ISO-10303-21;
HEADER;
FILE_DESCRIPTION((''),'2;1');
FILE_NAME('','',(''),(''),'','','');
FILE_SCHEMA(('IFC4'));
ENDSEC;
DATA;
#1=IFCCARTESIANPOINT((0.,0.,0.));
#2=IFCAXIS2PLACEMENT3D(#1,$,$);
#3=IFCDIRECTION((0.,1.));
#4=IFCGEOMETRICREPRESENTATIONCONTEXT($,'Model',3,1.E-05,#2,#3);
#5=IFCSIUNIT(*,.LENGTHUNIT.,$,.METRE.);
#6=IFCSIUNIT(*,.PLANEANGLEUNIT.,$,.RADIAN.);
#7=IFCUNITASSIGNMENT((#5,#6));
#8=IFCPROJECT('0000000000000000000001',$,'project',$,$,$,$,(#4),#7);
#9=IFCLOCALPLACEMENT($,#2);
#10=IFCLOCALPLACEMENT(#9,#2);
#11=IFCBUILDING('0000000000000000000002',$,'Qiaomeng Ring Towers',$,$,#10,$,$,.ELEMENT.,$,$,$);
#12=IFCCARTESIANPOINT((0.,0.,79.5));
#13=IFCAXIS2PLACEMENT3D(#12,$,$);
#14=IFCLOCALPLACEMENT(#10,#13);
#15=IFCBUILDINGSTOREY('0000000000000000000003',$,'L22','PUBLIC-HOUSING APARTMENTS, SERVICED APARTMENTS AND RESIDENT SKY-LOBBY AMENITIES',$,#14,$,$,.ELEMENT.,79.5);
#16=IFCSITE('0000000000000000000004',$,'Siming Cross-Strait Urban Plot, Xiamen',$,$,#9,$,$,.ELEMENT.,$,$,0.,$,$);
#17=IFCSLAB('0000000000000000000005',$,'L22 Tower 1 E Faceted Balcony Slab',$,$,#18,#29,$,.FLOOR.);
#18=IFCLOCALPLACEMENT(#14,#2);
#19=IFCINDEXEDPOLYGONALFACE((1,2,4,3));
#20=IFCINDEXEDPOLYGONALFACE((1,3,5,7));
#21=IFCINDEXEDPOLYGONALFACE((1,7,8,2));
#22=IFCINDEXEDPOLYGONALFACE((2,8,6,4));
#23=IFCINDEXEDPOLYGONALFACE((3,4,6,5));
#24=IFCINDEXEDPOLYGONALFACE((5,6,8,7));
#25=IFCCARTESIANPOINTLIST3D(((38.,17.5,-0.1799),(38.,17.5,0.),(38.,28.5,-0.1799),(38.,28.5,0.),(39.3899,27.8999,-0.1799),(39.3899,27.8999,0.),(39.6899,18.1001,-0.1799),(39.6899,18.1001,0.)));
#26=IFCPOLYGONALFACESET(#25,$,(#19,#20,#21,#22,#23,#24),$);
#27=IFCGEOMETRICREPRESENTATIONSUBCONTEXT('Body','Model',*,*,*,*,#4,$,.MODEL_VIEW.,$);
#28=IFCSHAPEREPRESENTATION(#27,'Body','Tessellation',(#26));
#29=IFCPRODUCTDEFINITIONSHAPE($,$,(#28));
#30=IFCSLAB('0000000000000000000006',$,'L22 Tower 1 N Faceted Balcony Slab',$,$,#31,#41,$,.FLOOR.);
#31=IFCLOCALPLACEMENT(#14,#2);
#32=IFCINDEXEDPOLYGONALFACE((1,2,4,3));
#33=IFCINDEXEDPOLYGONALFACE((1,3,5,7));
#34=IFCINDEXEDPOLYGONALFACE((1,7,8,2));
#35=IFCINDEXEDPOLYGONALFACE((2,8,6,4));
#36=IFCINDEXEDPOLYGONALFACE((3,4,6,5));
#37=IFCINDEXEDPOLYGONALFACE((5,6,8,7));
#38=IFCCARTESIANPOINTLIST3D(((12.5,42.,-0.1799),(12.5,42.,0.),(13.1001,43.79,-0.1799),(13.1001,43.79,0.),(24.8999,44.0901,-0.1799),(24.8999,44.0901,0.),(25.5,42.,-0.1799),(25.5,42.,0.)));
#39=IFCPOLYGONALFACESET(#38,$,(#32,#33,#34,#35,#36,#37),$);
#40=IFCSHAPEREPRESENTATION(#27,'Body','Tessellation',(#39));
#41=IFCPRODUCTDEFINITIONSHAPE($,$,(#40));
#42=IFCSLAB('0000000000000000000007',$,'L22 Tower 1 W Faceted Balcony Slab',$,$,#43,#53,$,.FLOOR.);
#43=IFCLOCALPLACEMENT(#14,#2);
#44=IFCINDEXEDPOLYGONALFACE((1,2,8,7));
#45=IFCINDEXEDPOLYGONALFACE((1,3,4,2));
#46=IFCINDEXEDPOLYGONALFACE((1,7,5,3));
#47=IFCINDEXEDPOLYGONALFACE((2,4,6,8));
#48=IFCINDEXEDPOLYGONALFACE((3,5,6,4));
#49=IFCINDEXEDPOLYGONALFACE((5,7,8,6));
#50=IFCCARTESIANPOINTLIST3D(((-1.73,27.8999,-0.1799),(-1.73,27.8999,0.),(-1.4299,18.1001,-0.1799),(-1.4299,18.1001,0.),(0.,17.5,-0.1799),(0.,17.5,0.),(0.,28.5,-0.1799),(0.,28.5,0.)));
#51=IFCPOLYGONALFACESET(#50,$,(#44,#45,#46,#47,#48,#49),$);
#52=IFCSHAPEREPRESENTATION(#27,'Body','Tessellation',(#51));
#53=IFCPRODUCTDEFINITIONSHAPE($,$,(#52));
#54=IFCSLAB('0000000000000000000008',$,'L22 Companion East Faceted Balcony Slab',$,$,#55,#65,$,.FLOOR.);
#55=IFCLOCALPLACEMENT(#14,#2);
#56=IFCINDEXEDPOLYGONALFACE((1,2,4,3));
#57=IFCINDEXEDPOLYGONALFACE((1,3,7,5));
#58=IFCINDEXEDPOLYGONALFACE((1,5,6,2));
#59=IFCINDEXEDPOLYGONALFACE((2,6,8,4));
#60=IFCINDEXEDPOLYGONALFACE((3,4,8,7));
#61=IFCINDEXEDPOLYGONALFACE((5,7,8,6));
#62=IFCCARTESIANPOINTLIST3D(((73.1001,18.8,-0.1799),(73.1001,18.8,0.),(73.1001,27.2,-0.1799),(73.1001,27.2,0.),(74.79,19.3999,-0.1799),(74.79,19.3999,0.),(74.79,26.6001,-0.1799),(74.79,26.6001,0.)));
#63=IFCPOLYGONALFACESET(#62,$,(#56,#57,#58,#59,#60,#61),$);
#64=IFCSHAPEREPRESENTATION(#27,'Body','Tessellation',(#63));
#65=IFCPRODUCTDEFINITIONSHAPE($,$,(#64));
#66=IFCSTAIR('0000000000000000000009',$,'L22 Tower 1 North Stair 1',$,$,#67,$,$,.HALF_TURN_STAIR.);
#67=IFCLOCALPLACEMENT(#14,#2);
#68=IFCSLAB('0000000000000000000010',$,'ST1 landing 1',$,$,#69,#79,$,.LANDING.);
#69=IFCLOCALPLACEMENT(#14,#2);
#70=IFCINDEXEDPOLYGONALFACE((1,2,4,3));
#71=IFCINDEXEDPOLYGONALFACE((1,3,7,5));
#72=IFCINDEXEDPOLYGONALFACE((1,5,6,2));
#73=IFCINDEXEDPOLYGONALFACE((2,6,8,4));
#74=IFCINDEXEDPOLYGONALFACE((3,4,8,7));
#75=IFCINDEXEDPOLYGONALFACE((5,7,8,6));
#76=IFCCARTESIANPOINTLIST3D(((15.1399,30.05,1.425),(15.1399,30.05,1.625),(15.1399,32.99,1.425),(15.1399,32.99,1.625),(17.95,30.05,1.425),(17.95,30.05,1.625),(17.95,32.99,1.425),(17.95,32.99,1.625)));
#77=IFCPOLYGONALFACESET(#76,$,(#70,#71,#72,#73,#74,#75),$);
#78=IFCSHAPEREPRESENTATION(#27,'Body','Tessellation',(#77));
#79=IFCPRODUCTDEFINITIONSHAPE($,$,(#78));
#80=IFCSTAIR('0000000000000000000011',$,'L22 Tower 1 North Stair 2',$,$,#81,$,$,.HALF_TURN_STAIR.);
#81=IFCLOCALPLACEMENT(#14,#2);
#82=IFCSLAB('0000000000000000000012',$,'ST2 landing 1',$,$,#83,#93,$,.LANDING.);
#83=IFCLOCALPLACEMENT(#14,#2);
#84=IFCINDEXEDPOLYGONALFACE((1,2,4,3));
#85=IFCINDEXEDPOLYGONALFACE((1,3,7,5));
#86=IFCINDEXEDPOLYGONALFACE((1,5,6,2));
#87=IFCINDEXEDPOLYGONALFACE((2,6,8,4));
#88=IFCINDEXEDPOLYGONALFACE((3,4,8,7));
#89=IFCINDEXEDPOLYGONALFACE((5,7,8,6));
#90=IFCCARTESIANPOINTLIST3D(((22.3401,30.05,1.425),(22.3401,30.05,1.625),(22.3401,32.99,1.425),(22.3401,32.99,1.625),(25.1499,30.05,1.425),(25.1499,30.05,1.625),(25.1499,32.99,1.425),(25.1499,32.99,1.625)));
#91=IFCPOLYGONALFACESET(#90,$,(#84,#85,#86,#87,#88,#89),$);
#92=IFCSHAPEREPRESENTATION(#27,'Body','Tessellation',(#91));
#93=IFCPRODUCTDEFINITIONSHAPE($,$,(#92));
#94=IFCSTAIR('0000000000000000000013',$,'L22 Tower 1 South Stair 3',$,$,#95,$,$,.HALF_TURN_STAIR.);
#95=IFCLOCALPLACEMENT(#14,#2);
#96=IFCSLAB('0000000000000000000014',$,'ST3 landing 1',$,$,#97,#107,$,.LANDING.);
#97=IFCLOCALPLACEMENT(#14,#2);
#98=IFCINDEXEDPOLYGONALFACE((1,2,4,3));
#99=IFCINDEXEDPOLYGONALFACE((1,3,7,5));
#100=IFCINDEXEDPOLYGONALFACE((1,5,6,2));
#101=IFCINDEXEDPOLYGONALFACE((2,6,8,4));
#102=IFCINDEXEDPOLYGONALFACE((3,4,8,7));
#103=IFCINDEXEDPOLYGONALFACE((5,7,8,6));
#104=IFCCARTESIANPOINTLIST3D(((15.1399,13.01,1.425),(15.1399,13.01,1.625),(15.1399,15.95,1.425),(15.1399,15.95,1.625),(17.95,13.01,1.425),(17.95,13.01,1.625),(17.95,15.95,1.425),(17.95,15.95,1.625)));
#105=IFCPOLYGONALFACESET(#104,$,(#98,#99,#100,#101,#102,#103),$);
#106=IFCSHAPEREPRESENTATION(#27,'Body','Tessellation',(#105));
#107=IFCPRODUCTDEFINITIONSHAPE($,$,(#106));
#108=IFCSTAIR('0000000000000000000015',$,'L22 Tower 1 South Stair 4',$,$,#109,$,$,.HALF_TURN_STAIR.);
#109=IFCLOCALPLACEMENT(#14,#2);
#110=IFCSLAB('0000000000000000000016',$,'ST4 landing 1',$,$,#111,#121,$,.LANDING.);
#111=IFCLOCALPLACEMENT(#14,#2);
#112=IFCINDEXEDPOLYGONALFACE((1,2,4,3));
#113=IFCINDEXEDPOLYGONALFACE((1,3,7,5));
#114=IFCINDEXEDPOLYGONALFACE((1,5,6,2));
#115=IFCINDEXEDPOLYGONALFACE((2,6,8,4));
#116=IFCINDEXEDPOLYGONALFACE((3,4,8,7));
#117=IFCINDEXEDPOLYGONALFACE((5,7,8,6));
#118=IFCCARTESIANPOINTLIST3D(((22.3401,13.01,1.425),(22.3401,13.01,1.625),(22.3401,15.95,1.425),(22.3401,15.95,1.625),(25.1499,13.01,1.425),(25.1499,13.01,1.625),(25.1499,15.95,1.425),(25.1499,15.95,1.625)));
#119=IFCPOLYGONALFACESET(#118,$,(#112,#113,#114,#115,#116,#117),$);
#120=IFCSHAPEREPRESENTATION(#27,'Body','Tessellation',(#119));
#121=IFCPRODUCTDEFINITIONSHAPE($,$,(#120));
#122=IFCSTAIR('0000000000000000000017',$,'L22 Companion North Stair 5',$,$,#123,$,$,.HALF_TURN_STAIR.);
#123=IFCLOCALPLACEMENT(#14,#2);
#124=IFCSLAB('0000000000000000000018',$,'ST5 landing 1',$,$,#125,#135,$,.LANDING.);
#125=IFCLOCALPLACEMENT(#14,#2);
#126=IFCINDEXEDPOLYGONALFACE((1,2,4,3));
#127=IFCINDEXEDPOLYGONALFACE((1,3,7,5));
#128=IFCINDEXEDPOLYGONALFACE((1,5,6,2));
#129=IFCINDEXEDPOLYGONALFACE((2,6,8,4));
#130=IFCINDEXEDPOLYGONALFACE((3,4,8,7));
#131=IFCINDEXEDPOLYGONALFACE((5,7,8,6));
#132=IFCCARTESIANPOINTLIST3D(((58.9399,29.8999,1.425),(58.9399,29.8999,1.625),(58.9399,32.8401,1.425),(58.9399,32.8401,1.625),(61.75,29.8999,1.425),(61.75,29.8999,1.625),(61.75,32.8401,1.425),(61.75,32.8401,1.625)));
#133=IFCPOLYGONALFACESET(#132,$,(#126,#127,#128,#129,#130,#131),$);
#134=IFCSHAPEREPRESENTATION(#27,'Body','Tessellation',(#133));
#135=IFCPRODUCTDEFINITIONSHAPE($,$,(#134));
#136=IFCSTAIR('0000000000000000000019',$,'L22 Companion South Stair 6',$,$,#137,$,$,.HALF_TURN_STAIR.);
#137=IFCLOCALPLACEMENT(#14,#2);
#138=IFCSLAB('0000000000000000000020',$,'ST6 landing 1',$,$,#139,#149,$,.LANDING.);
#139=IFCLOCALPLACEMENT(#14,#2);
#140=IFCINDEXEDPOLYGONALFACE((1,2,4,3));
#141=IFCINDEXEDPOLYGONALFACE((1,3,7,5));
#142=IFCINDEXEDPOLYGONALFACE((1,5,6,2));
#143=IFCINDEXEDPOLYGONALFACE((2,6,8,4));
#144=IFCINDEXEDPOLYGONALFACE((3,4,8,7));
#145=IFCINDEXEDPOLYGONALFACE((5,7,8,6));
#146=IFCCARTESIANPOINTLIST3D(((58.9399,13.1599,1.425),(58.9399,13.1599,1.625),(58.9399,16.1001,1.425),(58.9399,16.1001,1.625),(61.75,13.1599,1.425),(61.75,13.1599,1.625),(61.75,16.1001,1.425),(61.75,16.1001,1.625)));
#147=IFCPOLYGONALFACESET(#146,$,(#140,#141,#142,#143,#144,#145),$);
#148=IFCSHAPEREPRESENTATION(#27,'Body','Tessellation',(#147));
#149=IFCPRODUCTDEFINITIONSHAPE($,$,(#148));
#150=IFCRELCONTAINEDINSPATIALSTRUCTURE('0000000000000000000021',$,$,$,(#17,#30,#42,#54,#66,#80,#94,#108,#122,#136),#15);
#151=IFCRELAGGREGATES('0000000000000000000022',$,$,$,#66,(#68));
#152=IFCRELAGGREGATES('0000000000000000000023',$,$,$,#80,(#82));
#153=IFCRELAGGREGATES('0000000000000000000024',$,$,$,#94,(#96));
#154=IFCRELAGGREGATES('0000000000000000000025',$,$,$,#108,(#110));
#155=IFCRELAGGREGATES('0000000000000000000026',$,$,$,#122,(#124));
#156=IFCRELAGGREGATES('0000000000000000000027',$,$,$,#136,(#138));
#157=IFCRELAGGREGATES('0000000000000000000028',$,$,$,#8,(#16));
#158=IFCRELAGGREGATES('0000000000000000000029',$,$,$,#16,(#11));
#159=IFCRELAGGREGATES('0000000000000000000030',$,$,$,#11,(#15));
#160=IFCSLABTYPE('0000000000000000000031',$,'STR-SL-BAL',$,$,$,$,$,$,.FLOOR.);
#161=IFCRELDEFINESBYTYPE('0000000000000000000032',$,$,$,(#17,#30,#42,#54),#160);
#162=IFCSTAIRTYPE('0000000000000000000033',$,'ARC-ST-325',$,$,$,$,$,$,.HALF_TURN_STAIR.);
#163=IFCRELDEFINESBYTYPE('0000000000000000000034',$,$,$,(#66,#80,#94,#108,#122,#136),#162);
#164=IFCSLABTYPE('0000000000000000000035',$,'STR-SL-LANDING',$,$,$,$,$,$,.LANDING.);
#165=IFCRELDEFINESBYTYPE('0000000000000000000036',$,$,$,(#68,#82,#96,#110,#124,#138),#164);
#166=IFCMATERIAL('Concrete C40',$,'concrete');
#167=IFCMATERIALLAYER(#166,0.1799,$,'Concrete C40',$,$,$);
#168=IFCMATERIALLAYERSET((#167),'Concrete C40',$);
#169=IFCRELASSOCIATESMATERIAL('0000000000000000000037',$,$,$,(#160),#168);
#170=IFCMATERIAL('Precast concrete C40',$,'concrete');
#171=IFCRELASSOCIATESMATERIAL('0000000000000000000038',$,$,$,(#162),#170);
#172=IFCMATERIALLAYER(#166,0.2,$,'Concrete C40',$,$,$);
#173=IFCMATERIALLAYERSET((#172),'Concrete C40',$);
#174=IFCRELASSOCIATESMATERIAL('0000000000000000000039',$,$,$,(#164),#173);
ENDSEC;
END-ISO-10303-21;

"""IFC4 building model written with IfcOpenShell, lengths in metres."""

from ifc_helpers import new_model, si_unit, direction, frame, origin, place, context, subcontext, project, spatial, polyline, outline, extrude, material, layer, layer_set, type_object, element, aggregate, save


model = new_model("IFC4")

# Units and contexts
model_context = context("Model", 3, precision=1e-05, world=origin(), true_north=direction((0.0, 1.0)))
body_context = subcontext(model_context, "Body", "Model", "MODEL_VIEW")
ifc_project = project(units=[si_unit("LENGTHUNIT", "METRE"), si_unit("PLANEANGLEUNIT", "RADIAN")], contexts=[model_context])

# Site, building, storey
site_placement = place(None, origin())
site = spatial("IfcSite", under=ifc_project, at=site_placement, Name="Siming Cross-Strait Urban Plot, Xiamen", CompositionType="ELEMENT", RefElevation=0.0)
building_placement = place(site_placement, origin())
building = spatial("IfcBuilding", under=site, at=building_placement, Name="Qiaomeng Ring Towers", CompositionType="ELEMENT")
storey_placement = place(building_placement, frame((0.0, 0.0, 79.5)))
storey = spatial("IfcBuildingStorey", under=building, at=storey_placement, Name="L22", Description="PUBLIC-HOUSING APARTMENTS, SERVICED APARTMENTS AND RESIDENT SKY-LOBBY AMENITIES", CompositionType="ELEMENT", Elevation=79.5)

# Slabs
ifc_material_1 = material(Name="Concrete C40", Category="concrete")
ifc_layer_1 = layer(ifc_material_1, 0.1799, Name="Concrete C40")
ifc_layer_set_1 = layer_set([ifc_layer_1], Name="Concrete C40")
slab_type_1 = type_object("IfcSlabType", Name="STR-SL-BAL", PredefinedType="FLOOR", material=ifc_layer_set_1)
slab_1_placement = place(storey_placement, frame((0.0, 0.0, -0.1799)))
element("IfcSlab", 1, at=slab_1_placement, inside=storey, type_object=slab_type_1, Name="L22 Tower 1 E Faceted Balcony Slab", PredefinedType="FLOOR", context=body_context, shape_type="SweptSolid", body=[
    extrude(outline(polyline([(39.3899, 27.8999), (39.6899, 18.1001), (38.0, 17.5), (38.0, 28.5), (39.3899, 27.8999)])), origin(), (0.0, 0.0, 1.0), 0.1799),
])
slab_2_placement = place(storey_placement, frame((0.0, 0.0, -0.1799)))
element("IfcSlab", 2, at=slab_2_placement, inside=storey, type_object=slab_type_1, Name="L22 Tower 1 N Faceted Balcony Slab", PredefinedType="FLOOR", context=body_context, shape_type="SweptSolid", body=[
    extrude(outline(polyline([(12.5, 42.0), (13.1001, 43.79), (24.8999, 44.0901), (25.5, 42.0), (12.5, 42.0)])), origin(), (0.0, 0.0, 1.0), 0.1799),
])
slab_3_placement = place(storey_placement, frame((0.0, 0.0, -0.1799)))
element("IfcSlab", 3, at=slab_3_placement, inside=storey, type_object=slab_type_1, Name="L22 Tower 1 W Faceted Balcony Slab", PredefinedType="FLOOR", context=body_context, shape_type="SweptSolid", body=[
    extrude(outline(polyline([(0.0, 17.5), (-1.4299, 18.1001), (-1.73, 27.8999), (0.0, 28.5), (0.0, 17.5)])), origin(), (0.0, 0.0, 1.0), 0.1799),
])
slab_4_placement = place(storey_placement, frame((0.0, 0.0, -0.1799)))
element("IfcSlab", 4, at=slab_4_placement, inside=storey, type_object=slab_type_1, Name="L22 Companion East Faceted Balcony Slab", PredefinedType="FLOOR", context=body_context, shape_type="SweptSolid", body=[
    extrude(outline(polyline([(74.79, 26.6001), (74.79, 19.3999), (73.1001, 18.8), (73.1001, 27.2), (74.79, 26.6001)])), origin(), (0.0, 0.0, 1.0), 0.1799),
])

# Stairs, slabs
ifc_material_2 = material(Name="Precast concrete C40", Category="concrete")
stair_type = type_object("IfcStairType", Name="ARC-ST-325", PredefinedType="HALF_TURN_STAIR", material=ifc_material_2)
stair_1_placement = place(storey_placement, origin())
stair_1 = element("IfcStair", 5, at=stair_1_placement, inside=storey, type_object=stair_type, Name="L22 Tower 1 North Stair 1", PredefinedType="HALF_TURN_STAIR")
ifc_layer_2 = layer(ifc_material_1, 0.2, Name="Concrete C40")
ifc_layer_set_2 = layer_set([ifc_layer_2], Name="Concrete C40")
slab_type_2 = type_object("IfcSlabType", Name="STR-SL-LANDING", PredefinedType="LANDING", material=ifc_layer_set_2)
slab_5_placement = place(storey_placement, frame((0.0, 0.0, 1.425)))
slab_5 = element("IfcSlab", 6, at=slab_5_placement, type_object=slab_type_2, Name="ST1 landing 1", PredefinedType="LANDING", context=body_context, shape_type="SweptSolid", body=[
    extrude(outline(polyline([(15.1399, 30.05), (17.95, 30.05), (17.95, 32.99), (15.1399, 32.99), (15.1399, 30.05)])), origin(), (0.0, 0.0, 1.0), 0.2),
])
aggregate(stair_1, [slab_5])
stair_2_placement = place(storey_placement, origin())
stair_2 = element("IfcStair", 7, at=stair_2_placement, inside=storey, type_object=stair_type, Name="L22 Tower 1 North Stair 2", PredefinedType="HALF_TURN_STAIR")
slab_6_placement = place(storey_placement, frame((0.0, 0.0, 1.425)))
slab_6 = element("IfcSlab", 8, at=slab_6_placement, type_object=slab_type_2, Name="ST2 landing 1", PredefinedType="LANDING", context=body_context, shape_type="SweptSolid", body=[
    extrude(outline(polyline([(22.3401, 30.05), (25.1499, 30.05), (25.1499, 32.99), (22.3401, 32.99), (22.3401, 30.05)])), origin(), (0.0, 0.0, 1.0), 0.2),
])
aggregate(stair_2, [slab_6])
stair_3_placement = place(storey_placement, origin())
stair_3 = element("IfcStair", 9, at=stair_3_placement, inside=storey, type_object=stair_type, Name="L22 Tower 1 South Stair 3", PredefinedType="HALF_TURN_STAIR")
slab_7_placement = place(storey_placement, frame((0.0, 0.0, 1.425)))
slab_7 = element("IfcSlab", 10, at=slab_7_placement, type_object=slab_type_2, Name="ST3 landing 1", PredefinedType="LANDING", context=body_context, shape_type="SweptSolid", body=[
    extrude(outline(polyline([(15.1399, 13.01), (17.95, 13.01), (17.95, 15.95), (15.1399, 15.95), (15.1399, 13.01)])), origin(), (0.0, 0.0, 1.0), 0.2),
])
aggregate(stair_3, [slab_7])
stair_4_placement = place(storey_placement, origin())
stair_4 = element("IfcStair", 11, at=stair_4_placement, inside=storey, type_object=stair_type, Name="L22 Tower 1 South Stair 4", PredefinedType="HALF_TURN_STAIR")
slab_8_placement = place(storey_placement, frame((0.0, 0.0, 1.425)))
slab_8 = element("IfcSlab", 12, at=slab_8_placement, type_object=slab_type_2, Name="ST4 landing 1", PredefinedType="LANDING", context=body_context, shape_type="SweptSolid", body=[
    extrude(outline(polyline([(22.3401, 13.01), (25.1499, 13.01), (25.1499, 15.95), (22.3401, 15.95), (22.3401, 13.01)])), origin(), (0.0, 0.0, 1.0), 0.2),
])
aggregate(stair_4, [slab_8])
stair_5_placement = place(storey_placement, origin())
stair_5 = element("IfcStair", 13, at=stair_5_placement, inside=storey, type_object=stair_type, Name="L22 Companion North Stair 5", PredefinedType="HALF_TURN_STAIR")
slab_9_placement = place(storey_placement, frame((0.0, 0.0, 1.425)))
slab_9 = element("IfcSlab", 14, at=slab_9_placement, type_object=slab_type_2, Name="ST5 landing 1", PredefinedType="LANDING", context=body_context, shape_type="SweptSolid", body=[
    extrude(outline(polyline([(58.9399, 29.8999), (61.75, 29.8999), (61.75, 32.8401), (58.9399, 32.8401), (58.9399, 29.8999)])), origin(), (0.0, 0.0, 1.0), 0.2),
])
aggregate(stair_5, [slab_9])
stair_6_placement = place(storey_placement, origin())
stair_6 = element("IfcStair", 15, at=stair_6_placement, inside=storey, type_object=stair_type, Name="L22 Companion South Stair 6", PredefinedType="HALF_TURN_STAIR")
slab_10_placement = place(storey_placement, frame((0.0, 0.0, 1.425)))
slab_10 = element("IfcSlab", 16, at=slab_10_placement, type_object=slab_type_2, Name="ST6 landing 1", PredefinedType="LANDING", context=body_context, shape_type="SweptSolid", body=[
    extrude(outline(polyline([(58.9399, 13.1599), (61.75, 13.1599), (61.75, 16.1001), (58.9399, 16.1001), (58.9399, 13.1599)])), origin(), (0.0, 0.0, 1.0), 0.2),
])
aggregate(stair_6, [slab_10])

save(model, "model.ifc")
